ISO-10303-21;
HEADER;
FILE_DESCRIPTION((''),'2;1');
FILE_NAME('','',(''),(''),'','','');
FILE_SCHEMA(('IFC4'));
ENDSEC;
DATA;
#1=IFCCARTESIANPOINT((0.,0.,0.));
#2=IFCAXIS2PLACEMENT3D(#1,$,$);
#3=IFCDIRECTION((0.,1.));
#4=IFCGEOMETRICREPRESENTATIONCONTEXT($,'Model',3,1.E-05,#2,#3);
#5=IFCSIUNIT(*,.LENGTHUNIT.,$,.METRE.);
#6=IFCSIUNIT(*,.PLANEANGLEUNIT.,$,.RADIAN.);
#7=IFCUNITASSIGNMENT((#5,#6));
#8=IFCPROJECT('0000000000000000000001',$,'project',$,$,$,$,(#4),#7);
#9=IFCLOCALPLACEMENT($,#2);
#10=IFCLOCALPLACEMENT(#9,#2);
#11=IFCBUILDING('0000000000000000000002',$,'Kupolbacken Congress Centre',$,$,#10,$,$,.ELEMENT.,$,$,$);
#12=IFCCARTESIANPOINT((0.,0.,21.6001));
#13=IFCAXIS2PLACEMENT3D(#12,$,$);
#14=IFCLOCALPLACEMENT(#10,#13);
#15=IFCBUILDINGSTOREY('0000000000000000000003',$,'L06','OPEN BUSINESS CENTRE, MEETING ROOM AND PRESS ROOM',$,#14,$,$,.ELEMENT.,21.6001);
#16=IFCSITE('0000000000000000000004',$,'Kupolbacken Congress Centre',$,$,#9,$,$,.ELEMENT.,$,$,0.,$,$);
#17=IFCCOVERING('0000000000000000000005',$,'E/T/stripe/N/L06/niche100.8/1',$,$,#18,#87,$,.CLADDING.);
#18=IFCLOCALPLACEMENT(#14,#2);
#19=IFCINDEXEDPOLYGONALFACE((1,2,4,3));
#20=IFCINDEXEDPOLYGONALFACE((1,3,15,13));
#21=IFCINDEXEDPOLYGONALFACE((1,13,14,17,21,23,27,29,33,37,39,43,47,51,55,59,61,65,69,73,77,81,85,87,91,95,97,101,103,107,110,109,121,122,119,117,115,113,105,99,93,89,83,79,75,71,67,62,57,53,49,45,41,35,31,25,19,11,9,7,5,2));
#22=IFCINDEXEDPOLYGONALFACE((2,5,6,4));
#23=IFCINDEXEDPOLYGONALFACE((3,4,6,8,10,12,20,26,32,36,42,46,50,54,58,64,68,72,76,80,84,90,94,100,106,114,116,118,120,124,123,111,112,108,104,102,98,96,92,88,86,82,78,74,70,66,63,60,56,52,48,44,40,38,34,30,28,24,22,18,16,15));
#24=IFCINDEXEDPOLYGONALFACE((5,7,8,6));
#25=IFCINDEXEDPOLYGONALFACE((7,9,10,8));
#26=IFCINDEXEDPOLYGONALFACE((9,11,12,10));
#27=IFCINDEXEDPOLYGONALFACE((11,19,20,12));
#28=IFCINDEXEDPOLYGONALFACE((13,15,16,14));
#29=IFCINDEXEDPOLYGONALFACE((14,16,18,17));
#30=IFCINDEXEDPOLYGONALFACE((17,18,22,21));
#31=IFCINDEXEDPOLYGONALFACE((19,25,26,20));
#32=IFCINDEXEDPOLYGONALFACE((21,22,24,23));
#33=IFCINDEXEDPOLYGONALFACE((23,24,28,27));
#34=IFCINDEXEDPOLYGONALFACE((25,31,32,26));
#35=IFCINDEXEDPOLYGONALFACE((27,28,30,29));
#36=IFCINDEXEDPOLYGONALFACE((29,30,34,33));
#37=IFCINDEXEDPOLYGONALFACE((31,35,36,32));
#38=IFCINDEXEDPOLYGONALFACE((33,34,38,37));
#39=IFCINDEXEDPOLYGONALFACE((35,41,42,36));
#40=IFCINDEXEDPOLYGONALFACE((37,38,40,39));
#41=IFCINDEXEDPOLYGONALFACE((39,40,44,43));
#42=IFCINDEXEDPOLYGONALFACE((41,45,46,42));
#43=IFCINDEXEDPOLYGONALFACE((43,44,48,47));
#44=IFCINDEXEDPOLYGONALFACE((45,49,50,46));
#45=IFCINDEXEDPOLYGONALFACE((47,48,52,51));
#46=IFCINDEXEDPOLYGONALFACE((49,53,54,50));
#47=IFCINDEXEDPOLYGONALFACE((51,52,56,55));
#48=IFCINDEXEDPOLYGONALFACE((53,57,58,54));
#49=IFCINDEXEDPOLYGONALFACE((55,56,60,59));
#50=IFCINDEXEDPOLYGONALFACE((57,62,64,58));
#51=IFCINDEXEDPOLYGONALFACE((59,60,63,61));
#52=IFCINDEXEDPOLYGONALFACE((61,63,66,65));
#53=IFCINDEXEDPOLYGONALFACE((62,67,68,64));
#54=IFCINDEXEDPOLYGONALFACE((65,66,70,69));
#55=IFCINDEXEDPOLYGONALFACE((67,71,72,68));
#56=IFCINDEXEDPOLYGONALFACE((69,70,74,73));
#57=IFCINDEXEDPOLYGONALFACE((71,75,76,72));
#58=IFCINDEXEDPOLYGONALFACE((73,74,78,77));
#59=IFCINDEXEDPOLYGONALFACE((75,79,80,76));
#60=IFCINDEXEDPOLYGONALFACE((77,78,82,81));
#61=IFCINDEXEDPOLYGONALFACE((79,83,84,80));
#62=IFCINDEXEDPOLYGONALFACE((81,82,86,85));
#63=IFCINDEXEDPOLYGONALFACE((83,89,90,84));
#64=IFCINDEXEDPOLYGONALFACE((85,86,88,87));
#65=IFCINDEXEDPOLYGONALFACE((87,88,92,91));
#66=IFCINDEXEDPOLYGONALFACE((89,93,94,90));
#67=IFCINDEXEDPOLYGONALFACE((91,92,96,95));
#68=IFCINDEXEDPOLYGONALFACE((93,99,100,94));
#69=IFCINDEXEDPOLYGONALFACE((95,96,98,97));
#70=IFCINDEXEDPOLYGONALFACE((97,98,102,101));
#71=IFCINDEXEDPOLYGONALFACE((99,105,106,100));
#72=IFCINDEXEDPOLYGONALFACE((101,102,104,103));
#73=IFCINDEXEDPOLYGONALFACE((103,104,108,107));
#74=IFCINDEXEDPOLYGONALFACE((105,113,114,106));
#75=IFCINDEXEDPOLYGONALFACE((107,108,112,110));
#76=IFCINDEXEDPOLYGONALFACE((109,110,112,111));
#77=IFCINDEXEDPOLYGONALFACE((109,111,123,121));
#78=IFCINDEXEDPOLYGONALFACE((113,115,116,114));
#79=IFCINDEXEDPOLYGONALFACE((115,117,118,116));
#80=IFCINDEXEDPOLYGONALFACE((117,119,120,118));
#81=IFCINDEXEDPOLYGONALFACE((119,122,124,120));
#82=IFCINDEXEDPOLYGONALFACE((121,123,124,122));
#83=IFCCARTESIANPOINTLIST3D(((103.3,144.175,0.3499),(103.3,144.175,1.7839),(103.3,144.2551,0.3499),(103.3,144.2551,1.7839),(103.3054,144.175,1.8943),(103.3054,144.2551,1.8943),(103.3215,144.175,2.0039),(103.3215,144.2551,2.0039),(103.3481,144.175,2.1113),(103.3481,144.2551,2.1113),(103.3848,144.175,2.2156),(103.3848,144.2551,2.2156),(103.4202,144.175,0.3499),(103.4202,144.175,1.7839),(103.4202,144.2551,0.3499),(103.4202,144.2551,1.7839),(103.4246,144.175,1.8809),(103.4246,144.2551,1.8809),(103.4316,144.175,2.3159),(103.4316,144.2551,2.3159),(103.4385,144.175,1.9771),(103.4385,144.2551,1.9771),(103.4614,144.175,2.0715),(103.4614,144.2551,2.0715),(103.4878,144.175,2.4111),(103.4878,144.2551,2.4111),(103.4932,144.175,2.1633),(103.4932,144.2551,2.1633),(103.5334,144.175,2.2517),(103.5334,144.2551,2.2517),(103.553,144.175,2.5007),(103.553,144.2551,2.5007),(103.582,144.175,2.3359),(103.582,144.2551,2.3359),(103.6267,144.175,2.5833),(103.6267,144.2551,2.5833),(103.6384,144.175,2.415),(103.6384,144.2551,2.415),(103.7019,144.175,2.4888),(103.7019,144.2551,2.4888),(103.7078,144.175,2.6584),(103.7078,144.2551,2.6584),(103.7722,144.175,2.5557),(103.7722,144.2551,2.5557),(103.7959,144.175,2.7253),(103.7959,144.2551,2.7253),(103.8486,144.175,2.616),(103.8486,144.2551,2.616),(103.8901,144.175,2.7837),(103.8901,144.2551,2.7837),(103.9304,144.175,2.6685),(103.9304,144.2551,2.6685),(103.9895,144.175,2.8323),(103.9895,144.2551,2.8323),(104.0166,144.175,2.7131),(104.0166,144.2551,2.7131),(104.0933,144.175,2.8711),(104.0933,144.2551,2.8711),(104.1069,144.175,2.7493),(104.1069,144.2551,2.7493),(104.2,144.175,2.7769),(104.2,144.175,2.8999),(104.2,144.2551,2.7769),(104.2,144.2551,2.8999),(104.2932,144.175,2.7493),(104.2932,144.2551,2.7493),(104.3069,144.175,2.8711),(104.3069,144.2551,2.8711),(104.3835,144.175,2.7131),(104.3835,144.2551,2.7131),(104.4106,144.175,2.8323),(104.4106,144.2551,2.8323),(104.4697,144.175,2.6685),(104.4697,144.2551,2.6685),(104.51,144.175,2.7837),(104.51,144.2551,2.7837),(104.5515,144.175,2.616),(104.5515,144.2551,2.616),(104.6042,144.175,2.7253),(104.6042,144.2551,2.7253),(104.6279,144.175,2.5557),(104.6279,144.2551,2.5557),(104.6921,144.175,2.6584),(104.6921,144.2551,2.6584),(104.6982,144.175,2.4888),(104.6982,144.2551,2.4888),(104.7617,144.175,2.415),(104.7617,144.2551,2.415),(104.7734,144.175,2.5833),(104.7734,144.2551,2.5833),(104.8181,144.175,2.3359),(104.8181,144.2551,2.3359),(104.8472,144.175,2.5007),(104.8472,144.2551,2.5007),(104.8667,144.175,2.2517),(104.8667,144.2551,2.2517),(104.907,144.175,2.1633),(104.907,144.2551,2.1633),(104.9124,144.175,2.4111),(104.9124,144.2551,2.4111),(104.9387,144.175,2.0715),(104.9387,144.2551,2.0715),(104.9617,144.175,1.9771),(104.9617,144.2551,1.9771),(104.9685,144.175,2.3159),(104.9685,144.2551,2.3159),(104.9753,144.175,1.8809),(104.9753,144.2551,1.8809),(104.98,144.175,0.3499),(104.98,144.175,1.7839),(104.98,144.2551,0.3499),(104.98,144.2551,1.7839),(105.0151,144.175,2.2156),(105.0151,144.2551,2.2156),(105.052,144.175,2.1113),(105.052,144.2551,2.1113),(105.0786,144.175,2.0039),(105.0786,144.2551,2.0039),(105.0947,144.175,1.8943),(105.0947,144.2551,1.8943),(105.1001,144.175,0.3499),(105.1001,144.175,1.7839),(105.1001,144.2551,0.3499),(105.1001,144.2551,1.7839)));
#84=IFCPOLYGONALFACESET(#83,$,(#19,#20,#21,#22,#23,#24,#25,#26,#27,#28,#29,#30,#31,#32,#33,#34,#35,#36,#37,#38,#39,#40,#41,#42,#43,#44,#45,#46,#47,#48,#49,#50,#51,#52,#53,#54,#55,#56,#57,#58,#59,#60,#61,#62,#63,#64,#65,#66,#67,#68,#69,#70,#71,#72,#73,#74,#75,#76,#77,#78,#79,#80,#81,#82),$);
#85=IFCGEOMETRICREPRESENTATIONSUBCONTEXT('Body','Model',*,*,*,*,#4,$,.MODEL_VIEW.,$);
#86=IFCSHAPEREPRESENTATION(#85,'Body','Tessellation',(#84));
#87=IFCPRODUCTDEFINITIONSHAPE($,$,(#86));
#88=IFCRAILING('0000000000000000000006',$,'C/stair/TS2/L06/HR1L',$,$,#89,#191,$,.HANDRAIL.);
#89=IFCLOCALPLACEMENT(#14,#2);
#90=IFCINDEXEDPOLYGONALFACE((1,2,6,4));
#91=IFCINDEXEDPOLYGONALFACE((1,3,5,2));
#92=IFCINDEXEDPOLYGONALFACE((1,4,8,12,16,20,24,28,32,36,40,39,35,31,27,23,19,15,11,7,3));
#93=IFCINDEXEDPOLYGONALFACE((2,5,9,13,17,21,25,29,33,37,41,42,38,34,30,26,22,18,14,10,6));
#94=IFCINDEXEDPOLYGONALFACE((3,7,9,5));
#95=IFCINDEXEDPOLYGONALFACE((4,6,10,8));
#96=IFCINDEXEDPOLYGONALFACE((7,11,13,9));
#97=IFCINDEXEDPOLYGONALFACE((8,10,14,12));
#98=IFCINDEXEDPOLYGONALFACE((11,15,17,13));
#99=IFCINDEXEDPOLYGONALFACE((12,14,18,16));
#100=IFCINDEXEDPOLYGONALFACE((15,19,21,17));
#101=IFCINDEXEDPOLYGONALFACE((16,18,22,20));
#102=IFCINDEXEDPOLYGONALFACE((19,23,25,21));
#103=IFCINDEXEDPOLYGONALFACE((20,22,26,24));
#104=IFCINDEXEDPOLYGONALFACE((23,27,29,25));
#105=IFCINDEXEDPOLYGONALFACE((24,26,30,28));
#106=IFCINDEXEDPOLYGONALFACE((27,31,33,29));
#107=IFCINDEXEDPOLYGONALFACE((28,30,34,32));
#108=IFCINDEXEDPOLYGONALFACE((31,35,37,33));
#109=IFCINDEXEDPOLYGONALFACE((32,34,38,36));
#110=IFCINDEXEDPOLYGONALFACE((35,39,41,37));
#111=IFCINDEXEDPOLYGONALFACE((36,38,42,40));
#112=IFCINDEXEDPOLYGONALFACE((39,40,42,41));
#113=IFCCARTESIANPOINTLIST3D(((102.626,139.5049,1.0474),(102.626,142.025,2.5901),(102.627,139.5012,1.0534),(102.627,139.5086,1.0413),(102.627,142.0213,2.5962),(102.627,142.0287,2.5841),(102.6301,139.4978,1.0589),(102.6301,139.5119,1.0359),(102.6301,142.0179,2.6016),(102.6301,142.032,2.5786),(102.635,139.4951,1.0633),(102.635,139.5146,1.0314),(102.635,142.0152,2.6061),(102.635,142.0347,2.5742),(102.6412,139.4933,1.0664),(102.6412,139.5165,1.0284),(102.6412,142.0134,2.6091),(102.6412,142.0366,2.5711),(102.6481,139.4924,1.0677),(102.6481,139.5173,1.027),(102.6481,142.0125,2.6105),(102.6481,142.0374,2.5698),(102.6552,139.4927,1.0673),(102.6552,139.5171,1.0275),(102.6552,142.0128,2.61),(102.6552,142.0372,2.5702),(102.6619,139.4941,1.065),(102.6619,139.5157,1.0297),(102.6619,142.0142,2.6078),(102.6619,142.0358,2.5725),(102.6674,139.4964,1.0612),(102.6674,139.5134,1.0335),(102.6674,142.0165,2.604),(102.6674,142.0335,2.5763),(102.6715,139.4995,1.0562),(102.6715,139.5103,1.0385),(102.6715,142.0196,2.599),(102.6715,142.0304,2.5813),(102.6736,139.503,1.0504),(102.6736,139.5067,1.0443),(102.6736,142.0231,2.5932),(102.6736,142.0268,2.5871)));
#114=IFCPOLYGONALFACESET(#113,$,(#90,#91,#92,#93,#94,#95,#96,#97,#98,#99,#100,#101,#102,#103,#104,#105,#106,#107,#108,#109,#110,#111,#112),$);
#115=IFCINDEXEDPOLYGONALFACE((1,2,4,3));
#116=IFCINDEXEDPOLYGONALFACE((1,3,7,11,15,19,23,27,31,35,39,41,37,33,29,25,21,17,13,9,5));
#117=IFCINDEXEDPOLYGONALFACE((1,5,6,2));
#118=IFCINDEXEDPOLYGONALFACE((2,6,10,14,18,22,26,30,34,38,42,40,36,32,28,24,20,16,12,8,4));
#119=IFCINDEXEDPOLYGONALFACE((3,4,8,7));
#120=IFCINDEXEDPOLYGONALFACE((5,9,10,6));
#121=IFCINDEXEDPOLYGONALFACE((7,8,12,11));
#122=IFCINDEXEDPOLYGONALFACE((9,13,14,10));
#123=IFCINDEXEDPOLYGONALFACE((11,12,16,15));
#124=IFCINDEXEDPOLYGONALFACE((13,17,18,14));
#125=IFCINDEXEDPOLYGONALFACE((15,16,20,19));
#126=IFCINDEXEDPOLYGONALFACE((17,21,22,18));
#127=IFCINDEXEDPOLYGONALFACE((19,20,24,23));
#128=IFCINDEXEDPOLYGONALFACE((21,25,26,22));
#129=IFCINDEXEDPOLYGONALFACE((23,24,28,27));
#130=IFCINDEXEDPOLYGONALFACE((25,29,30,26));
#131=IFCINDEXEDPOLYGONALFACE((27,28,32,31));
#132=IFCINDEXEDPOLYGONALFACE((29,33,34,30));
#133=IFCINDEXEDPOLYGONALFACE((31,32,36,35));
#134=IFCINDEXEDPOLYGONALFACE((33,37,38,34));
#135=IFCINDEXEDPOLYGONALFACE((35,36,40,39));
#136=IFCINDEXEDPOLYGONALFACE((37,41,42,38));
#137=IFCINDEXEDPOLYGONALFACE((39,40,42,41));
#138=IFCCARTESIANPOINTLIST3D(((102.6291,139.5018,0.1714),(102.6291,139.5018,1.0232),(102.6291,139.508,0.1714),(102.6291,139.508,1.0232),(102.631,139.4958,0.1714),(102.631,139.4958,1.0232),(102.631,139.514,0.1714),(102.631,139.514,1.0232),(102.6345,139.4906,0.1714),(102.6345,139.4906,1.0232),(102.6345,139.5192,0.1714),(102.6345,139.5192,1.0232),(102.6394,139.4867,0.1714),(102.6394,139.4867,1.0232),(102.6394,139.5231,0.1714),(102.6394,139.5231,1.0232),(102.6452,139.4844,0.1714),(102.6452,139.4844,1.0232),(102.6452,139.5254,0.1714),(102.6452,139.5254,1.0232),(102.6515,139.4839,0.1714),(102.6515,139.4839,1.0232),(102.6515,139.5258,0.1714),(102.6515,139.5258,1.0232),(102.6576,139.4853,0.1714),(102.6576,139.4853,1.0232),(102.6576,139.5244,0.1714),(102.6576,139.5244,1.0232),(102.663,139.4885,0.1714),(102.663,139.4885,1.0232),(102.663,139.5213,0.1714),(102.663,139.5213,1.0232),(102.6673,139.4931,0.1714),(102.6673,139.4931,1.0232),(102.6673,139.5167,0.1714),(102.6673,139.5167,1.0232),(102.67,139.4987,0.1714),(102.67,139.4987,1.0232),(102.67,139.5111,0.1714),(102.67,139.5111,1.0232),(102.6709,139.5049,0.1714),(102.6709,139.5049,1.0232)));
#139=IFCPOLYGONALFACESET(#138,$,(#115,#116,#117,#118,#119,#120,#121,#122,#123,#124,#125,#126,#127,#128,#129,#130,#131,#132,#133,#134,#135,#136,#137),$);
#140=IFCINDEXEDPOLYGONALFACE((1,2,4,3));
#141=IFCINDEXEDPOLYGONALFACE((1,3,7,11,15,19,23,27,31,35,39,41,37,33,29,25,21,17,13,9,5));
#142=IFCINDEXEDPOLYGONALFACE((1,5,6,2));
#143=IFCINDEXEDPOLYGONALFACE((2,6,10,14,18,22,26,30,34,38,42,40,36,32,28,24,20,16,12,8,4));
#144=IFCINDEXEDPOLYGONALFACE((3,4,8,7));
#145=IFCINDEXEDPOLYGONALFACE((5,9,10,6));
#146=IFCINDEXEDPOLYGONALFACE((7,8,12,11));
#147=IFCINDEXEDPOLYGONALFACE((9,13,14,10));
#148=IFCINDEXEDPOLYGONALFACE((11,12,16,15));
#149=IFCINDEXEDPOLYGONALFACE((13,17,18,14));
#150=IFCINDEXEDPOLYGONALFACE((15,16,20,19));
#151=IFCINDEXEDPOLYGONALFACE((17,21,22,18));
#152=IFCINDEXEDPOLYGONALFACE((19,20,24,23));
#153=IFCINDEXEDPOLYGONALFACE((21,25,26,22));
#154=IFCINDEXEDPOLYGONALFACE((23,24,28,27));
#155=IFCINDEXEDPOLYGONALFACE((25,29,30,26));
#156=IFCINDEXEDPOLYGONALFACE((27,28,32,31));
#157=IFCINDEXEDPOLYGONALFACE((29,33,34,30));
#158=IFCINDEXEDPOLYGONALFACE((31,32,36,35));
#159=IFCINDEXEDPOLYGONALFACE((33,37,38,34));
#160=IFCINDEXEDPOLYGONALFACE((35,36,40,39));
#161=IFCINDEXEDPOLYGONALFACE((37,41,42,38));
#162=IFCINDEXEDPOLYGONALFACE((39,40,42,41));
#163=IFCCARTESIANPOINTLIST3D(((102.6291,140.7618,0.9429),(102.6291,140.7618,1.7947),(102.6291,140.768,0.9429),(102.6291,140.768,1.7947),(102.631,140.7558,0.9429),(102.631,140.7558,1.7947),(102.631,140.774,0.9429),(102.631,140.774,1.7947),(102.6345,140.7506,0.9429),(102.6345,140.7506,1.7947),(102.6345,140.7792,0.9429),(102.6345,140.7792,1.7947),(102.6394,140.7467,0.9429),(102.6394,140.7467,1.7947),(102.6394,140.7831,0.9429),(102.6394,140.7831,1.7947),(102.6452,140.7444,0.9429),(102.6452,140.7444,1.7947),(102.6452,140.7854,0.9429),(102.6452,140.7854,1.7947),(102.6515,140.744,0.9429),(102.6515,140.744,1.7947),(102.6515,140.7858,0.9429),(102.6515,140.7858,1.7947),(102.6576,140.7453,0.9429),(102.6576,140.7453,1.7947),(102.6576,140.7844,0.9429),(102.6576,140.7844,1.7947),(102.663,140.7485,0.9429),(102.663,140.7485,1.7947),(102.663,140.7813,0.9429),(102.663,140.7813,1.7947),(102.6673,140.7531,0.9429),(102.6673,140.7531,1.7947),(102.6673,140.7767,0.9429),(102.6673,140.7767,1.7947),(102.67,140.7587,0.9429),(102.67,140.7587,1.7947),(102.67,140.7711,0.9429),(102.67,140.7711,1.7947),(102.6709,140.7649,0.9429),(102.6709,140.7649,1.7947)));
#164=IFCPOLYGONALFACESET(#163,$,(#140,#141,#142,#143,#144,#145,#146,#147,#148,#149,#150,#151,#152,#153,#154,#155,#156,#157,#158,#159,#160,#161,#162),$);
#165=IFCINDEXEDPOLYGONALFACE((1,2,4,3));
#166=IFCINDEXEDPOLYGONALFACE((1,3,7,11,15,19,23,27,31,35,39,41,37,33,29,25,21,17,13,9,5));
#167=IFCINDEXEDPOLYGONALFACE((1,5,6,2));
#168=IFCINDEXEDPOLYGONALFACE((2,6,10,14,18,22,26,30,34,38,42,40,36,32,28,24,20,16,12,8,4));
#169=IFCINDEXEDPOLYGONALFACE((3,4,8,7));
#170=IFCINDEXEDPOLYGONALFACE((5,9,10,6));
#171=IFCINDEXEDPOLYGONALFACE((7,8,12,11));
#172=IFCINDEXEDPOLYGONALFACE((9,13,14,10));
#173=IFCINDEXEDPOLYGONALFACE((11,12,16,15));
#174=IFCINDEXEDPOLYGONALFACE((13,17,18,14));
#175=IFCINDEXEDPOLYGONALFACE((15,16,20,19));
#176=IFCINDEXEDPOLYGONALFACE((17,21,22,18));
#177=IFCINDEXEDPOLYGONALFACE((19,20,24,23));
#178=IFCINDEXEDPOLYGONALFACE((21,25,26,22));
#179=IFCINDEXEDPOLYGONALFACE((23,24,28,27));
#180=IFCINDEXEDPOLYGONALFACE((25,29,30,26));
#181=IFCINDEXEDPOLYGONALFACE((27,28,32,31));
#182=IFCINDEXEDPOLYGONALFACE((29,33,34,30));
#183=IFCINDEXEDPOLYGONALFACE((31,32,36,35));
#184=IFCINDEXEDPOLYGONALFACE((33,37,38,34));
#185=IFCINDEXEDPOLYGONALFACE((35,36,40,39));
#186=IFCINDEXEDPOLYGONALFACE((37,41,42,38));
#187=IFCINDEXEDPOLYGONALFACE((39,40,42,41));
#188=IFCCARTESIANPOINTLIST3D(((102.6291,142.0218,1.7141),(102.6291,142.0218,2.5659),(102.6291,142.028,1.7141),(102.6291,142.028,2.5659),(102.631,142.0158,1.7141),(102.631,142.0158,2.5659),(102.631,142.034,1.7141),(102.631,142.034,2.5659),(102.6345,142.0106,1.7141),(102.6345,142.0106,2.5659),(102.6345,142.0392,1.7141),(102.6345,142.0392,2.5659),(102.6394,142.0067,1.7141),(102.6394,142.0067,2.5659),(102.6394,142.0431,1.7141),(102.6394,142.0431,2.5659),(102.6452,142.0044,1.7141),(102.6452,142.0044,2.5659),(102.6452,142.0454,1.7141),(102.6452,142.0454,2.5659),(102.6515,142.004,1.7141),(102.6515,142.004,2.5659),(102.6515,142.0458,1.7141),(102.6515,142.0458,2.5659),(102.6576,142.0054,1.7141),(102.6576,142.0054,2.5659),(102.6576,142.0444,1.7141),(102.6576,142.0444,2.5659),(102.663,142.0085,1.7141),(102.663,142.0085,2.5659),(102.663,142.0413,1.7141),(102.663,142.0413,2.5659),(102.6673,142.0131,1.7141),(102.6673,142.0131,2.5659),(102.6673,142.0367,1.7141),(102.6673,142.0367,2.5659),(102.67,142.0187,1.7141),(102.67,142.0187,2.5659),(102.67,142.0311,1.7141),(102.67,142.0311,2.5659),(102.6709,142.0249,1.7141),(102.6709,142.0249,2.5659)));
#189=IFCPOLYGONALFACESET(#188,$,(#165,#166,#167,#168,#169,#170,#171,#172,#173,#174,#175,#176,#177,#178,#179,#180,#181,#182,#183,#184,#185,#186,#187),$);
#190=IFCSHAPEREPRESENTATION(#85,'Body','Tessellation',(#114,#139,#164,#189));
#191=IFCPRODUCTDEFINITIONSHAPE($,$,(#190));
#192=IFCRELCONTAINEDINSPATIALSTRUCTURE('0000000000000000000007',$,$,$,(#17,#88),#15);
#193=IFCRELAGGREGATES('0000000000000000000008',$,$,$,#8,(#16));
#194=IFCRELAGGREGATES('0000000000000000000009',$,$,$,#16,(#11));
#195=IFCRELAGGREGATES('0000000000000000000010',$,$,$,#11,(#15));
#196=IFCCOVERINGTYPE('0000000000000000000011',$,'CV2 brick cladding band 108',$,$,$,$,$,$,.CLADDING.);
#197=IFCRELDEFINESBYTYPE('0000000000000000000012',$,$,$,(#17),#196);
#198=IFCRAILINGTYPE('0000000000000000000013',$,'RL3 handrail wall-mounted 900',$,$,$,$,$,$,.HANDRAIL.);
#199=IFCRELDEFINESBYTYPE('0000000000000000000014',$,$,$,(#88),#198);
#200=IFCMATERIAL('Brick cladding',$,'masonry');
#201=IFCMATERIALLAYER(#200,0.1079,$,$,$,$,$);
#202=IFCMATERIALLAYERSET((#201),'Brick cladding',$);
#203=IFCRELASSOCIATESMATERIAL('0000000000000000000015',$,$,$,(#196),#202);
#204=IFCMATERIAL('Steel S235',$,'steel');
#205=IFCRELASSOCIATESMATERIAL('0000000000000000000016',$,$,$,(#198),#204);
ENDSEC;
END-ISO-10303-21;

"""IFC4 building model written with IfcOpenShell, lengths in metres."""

from ifc_helpers import new_model, si_unit, direction, frame, origin, origin_2d, place, context, subcontext, project, spatial, polyline, circle, outline, extrude, material, layer, layer_set, type_object, element, save


model = new_model("IFC4")

# Units and contexts
model_context = context("Model", 3, precision=1e-05, world=origin(), true_north=direction((0.0, 1.0)))
body_context = subcontext(model_context, "Body", "Model", "MODEL_VIEW")
ifc_project = project(units=[si_unit("LENGTHUNIT", "METRE"), si_unit("PLANEANGLEUNIT", "RADIAN")], contexts=[model_context])

# Site, building, storey
site_placement = place(None, origin())
site = spatial("IfcSite", under=ifc_project, at=site_placement, Name="Kupolbacken Congress Centre", CompositionType="ELEMENT", RefElevation=0.0)
building_placement = place(site_placement, origin())
building = spatial("IfcBuilding", under=site, at=building_placement, Name="Kupolbacken Congress Centre", CompositionType="ELEMENT")
storey_placement = place(building_placement, frame((0.0, 0.0, 21.6001)))
storey = spatial("IfcBuildingStorey", under=building, at=storey_placement, Name="L06", Description="OPEN BUSINESS CENTRE, MEETING ROOM AND PRESS ROOM", CompositionType="ELEMENT", Elevation=21.6001)

# Covering
ifc_material_1 = material(Name="Brick cladding", Category="masonry")
ifc_layer_1 = layer(ifc_material_1, 0.1079)
ifc_layer_set_1 = layer_set([ifc_layer_1], Name="Brick cladding")
covering_type = type_object("IfcCoveringType", Name="CV2 brick cladding band 108", PredefinedType="CLADDING", material=ifc_layer_set_1)
covering_1_placement = place(storey_placement, frame((103.3, 144.175, 0.3499), z_axis=(0.0, 1.0, 0.0), x_axis=(-1.0, 0.0, 0.0)))
element("IfcCovering", 1, at=covering_1_placement, inside=storey, type_object=covering_type, Name="E/T/stripe/N/L06/niche100.8/1", PredefinedType="CLADDING", context=body_context, shape_type="SweptSolid", body=[
    extrude(outline(polyline([(0.0, 0.0), (0.0, 1.4341), (-0.0054, 1.5444), (-0.0215, 1.6541), (-0.0481, 1.7615), (-0.0847, 1.8657), (-0.1316, 1.9661), (-0.1877, 2.0613), (-0.2529, 2.1509), (-0.3267, 2.2334), (-0.4077, 2.3086), (-0.4958, 2.3755), (-0.5901, 2.4338), (-0.6895, 2.4824), (-0.7932, 2.5212), (-0.8999, 2.55), (-1.0068, 2.5212), (-1.1106, 2.4824), (-1.21, 2.4338), (-1.3042, 2.3755), (-1.3921, 2.3086), (-1.4734, 2.2334), (-1.5471, 2.1509), (-1.6123, 2.0613), (-1.6685, 1.9661), (-1.7151, 1.8657), (-1.752, 1.7615), (-1.7786, 1.6541), (-1.7947, 1.5444), (-1.8, 1.4341), (-1.8, 0.0), (-1.6799, 0.0), (-1.6799, 1.4341), (-1.6753, 1.531), (-1.6616, 1.6272), (-1.6387, 1.7217), (-1.6069, 1.8135), (-1.5667, 1.9019), (-1.5181, 1.9861), (-1.4617, 2.0652), (-1.3982, 2.1389), (-1.3279, 2.2058), (-1.2515, 2.2661), (-1.1697, 2.3186), (-1.0835, 2.3633), (-0.9932, 2.3994), (-0.8999, 2.427), (-0.8069, 2.3994), (-0.7166, 2.3633), (-0.6304, 2.3186), (-0.5486, 2.2661), (-0.4722, 2.2058), (-0.4019, 2.1389), (-0.3384, 2.0652), (-0.282, 1.9861), (-0.2334, 1.9019), (-0.1931, 1.8135), (-0.1614, 1.7217), (-0.1384, 1.6272), (-0.1245, 1.531), (-0.1201, 1.4341), (-0.1201, 0.0), (0.0, 0.0)])), origin(), (0.0, 0.0, 1.0), 0.0801),
])

# Railing
ifc_material_2 = material(Name="Steel S235", Category="steel")
railing_type = type_object("IfcRailingType", Name="RL3 handrail wall-mounted 900", PredefinedType="HANDRAIL", material=ifc_material_2)
for number, where, name in (
    (2, (102.6499, 139.5049, 0.1714), "C/stair/TS2/L06/HR1L"),
):
    element("IfcRailing", number, at=place(storey_placement, frame(where)), inside=storey, type_object=railing_type, Name=name, PredefinedType="HANDRAIL", context=body_context, shape_type="SweptSolid", body=[
        extrude(circle(Radius=0.0239, at=origin_2d()), frame((0.0, 0.0, 0.876), z_axis=(0.0, 0.852873, 0.522118), x_axis=(-1.0, 0.0, 0.0)), (0.0, 0.0, 1.0), 2.9548),
        extrude(circle(Radius=0.021, at=origin_2d()), origin(), (0.0, 0.0, 1.0), 0.8518),
        extrude(circle(Radius=0.021, at=origin_2d()), frame((0.0, 1.26, 0.7715)), (0.0, 0.0, 1.0), 0.8518),
        extrude(circle(Radius=0.021, at=origin_2d()), frame((0.0, 2.52, 1.5427)), (0.0, 0.0, 1.0), 0.8518),
    ])

save(model, "model.ifc")
